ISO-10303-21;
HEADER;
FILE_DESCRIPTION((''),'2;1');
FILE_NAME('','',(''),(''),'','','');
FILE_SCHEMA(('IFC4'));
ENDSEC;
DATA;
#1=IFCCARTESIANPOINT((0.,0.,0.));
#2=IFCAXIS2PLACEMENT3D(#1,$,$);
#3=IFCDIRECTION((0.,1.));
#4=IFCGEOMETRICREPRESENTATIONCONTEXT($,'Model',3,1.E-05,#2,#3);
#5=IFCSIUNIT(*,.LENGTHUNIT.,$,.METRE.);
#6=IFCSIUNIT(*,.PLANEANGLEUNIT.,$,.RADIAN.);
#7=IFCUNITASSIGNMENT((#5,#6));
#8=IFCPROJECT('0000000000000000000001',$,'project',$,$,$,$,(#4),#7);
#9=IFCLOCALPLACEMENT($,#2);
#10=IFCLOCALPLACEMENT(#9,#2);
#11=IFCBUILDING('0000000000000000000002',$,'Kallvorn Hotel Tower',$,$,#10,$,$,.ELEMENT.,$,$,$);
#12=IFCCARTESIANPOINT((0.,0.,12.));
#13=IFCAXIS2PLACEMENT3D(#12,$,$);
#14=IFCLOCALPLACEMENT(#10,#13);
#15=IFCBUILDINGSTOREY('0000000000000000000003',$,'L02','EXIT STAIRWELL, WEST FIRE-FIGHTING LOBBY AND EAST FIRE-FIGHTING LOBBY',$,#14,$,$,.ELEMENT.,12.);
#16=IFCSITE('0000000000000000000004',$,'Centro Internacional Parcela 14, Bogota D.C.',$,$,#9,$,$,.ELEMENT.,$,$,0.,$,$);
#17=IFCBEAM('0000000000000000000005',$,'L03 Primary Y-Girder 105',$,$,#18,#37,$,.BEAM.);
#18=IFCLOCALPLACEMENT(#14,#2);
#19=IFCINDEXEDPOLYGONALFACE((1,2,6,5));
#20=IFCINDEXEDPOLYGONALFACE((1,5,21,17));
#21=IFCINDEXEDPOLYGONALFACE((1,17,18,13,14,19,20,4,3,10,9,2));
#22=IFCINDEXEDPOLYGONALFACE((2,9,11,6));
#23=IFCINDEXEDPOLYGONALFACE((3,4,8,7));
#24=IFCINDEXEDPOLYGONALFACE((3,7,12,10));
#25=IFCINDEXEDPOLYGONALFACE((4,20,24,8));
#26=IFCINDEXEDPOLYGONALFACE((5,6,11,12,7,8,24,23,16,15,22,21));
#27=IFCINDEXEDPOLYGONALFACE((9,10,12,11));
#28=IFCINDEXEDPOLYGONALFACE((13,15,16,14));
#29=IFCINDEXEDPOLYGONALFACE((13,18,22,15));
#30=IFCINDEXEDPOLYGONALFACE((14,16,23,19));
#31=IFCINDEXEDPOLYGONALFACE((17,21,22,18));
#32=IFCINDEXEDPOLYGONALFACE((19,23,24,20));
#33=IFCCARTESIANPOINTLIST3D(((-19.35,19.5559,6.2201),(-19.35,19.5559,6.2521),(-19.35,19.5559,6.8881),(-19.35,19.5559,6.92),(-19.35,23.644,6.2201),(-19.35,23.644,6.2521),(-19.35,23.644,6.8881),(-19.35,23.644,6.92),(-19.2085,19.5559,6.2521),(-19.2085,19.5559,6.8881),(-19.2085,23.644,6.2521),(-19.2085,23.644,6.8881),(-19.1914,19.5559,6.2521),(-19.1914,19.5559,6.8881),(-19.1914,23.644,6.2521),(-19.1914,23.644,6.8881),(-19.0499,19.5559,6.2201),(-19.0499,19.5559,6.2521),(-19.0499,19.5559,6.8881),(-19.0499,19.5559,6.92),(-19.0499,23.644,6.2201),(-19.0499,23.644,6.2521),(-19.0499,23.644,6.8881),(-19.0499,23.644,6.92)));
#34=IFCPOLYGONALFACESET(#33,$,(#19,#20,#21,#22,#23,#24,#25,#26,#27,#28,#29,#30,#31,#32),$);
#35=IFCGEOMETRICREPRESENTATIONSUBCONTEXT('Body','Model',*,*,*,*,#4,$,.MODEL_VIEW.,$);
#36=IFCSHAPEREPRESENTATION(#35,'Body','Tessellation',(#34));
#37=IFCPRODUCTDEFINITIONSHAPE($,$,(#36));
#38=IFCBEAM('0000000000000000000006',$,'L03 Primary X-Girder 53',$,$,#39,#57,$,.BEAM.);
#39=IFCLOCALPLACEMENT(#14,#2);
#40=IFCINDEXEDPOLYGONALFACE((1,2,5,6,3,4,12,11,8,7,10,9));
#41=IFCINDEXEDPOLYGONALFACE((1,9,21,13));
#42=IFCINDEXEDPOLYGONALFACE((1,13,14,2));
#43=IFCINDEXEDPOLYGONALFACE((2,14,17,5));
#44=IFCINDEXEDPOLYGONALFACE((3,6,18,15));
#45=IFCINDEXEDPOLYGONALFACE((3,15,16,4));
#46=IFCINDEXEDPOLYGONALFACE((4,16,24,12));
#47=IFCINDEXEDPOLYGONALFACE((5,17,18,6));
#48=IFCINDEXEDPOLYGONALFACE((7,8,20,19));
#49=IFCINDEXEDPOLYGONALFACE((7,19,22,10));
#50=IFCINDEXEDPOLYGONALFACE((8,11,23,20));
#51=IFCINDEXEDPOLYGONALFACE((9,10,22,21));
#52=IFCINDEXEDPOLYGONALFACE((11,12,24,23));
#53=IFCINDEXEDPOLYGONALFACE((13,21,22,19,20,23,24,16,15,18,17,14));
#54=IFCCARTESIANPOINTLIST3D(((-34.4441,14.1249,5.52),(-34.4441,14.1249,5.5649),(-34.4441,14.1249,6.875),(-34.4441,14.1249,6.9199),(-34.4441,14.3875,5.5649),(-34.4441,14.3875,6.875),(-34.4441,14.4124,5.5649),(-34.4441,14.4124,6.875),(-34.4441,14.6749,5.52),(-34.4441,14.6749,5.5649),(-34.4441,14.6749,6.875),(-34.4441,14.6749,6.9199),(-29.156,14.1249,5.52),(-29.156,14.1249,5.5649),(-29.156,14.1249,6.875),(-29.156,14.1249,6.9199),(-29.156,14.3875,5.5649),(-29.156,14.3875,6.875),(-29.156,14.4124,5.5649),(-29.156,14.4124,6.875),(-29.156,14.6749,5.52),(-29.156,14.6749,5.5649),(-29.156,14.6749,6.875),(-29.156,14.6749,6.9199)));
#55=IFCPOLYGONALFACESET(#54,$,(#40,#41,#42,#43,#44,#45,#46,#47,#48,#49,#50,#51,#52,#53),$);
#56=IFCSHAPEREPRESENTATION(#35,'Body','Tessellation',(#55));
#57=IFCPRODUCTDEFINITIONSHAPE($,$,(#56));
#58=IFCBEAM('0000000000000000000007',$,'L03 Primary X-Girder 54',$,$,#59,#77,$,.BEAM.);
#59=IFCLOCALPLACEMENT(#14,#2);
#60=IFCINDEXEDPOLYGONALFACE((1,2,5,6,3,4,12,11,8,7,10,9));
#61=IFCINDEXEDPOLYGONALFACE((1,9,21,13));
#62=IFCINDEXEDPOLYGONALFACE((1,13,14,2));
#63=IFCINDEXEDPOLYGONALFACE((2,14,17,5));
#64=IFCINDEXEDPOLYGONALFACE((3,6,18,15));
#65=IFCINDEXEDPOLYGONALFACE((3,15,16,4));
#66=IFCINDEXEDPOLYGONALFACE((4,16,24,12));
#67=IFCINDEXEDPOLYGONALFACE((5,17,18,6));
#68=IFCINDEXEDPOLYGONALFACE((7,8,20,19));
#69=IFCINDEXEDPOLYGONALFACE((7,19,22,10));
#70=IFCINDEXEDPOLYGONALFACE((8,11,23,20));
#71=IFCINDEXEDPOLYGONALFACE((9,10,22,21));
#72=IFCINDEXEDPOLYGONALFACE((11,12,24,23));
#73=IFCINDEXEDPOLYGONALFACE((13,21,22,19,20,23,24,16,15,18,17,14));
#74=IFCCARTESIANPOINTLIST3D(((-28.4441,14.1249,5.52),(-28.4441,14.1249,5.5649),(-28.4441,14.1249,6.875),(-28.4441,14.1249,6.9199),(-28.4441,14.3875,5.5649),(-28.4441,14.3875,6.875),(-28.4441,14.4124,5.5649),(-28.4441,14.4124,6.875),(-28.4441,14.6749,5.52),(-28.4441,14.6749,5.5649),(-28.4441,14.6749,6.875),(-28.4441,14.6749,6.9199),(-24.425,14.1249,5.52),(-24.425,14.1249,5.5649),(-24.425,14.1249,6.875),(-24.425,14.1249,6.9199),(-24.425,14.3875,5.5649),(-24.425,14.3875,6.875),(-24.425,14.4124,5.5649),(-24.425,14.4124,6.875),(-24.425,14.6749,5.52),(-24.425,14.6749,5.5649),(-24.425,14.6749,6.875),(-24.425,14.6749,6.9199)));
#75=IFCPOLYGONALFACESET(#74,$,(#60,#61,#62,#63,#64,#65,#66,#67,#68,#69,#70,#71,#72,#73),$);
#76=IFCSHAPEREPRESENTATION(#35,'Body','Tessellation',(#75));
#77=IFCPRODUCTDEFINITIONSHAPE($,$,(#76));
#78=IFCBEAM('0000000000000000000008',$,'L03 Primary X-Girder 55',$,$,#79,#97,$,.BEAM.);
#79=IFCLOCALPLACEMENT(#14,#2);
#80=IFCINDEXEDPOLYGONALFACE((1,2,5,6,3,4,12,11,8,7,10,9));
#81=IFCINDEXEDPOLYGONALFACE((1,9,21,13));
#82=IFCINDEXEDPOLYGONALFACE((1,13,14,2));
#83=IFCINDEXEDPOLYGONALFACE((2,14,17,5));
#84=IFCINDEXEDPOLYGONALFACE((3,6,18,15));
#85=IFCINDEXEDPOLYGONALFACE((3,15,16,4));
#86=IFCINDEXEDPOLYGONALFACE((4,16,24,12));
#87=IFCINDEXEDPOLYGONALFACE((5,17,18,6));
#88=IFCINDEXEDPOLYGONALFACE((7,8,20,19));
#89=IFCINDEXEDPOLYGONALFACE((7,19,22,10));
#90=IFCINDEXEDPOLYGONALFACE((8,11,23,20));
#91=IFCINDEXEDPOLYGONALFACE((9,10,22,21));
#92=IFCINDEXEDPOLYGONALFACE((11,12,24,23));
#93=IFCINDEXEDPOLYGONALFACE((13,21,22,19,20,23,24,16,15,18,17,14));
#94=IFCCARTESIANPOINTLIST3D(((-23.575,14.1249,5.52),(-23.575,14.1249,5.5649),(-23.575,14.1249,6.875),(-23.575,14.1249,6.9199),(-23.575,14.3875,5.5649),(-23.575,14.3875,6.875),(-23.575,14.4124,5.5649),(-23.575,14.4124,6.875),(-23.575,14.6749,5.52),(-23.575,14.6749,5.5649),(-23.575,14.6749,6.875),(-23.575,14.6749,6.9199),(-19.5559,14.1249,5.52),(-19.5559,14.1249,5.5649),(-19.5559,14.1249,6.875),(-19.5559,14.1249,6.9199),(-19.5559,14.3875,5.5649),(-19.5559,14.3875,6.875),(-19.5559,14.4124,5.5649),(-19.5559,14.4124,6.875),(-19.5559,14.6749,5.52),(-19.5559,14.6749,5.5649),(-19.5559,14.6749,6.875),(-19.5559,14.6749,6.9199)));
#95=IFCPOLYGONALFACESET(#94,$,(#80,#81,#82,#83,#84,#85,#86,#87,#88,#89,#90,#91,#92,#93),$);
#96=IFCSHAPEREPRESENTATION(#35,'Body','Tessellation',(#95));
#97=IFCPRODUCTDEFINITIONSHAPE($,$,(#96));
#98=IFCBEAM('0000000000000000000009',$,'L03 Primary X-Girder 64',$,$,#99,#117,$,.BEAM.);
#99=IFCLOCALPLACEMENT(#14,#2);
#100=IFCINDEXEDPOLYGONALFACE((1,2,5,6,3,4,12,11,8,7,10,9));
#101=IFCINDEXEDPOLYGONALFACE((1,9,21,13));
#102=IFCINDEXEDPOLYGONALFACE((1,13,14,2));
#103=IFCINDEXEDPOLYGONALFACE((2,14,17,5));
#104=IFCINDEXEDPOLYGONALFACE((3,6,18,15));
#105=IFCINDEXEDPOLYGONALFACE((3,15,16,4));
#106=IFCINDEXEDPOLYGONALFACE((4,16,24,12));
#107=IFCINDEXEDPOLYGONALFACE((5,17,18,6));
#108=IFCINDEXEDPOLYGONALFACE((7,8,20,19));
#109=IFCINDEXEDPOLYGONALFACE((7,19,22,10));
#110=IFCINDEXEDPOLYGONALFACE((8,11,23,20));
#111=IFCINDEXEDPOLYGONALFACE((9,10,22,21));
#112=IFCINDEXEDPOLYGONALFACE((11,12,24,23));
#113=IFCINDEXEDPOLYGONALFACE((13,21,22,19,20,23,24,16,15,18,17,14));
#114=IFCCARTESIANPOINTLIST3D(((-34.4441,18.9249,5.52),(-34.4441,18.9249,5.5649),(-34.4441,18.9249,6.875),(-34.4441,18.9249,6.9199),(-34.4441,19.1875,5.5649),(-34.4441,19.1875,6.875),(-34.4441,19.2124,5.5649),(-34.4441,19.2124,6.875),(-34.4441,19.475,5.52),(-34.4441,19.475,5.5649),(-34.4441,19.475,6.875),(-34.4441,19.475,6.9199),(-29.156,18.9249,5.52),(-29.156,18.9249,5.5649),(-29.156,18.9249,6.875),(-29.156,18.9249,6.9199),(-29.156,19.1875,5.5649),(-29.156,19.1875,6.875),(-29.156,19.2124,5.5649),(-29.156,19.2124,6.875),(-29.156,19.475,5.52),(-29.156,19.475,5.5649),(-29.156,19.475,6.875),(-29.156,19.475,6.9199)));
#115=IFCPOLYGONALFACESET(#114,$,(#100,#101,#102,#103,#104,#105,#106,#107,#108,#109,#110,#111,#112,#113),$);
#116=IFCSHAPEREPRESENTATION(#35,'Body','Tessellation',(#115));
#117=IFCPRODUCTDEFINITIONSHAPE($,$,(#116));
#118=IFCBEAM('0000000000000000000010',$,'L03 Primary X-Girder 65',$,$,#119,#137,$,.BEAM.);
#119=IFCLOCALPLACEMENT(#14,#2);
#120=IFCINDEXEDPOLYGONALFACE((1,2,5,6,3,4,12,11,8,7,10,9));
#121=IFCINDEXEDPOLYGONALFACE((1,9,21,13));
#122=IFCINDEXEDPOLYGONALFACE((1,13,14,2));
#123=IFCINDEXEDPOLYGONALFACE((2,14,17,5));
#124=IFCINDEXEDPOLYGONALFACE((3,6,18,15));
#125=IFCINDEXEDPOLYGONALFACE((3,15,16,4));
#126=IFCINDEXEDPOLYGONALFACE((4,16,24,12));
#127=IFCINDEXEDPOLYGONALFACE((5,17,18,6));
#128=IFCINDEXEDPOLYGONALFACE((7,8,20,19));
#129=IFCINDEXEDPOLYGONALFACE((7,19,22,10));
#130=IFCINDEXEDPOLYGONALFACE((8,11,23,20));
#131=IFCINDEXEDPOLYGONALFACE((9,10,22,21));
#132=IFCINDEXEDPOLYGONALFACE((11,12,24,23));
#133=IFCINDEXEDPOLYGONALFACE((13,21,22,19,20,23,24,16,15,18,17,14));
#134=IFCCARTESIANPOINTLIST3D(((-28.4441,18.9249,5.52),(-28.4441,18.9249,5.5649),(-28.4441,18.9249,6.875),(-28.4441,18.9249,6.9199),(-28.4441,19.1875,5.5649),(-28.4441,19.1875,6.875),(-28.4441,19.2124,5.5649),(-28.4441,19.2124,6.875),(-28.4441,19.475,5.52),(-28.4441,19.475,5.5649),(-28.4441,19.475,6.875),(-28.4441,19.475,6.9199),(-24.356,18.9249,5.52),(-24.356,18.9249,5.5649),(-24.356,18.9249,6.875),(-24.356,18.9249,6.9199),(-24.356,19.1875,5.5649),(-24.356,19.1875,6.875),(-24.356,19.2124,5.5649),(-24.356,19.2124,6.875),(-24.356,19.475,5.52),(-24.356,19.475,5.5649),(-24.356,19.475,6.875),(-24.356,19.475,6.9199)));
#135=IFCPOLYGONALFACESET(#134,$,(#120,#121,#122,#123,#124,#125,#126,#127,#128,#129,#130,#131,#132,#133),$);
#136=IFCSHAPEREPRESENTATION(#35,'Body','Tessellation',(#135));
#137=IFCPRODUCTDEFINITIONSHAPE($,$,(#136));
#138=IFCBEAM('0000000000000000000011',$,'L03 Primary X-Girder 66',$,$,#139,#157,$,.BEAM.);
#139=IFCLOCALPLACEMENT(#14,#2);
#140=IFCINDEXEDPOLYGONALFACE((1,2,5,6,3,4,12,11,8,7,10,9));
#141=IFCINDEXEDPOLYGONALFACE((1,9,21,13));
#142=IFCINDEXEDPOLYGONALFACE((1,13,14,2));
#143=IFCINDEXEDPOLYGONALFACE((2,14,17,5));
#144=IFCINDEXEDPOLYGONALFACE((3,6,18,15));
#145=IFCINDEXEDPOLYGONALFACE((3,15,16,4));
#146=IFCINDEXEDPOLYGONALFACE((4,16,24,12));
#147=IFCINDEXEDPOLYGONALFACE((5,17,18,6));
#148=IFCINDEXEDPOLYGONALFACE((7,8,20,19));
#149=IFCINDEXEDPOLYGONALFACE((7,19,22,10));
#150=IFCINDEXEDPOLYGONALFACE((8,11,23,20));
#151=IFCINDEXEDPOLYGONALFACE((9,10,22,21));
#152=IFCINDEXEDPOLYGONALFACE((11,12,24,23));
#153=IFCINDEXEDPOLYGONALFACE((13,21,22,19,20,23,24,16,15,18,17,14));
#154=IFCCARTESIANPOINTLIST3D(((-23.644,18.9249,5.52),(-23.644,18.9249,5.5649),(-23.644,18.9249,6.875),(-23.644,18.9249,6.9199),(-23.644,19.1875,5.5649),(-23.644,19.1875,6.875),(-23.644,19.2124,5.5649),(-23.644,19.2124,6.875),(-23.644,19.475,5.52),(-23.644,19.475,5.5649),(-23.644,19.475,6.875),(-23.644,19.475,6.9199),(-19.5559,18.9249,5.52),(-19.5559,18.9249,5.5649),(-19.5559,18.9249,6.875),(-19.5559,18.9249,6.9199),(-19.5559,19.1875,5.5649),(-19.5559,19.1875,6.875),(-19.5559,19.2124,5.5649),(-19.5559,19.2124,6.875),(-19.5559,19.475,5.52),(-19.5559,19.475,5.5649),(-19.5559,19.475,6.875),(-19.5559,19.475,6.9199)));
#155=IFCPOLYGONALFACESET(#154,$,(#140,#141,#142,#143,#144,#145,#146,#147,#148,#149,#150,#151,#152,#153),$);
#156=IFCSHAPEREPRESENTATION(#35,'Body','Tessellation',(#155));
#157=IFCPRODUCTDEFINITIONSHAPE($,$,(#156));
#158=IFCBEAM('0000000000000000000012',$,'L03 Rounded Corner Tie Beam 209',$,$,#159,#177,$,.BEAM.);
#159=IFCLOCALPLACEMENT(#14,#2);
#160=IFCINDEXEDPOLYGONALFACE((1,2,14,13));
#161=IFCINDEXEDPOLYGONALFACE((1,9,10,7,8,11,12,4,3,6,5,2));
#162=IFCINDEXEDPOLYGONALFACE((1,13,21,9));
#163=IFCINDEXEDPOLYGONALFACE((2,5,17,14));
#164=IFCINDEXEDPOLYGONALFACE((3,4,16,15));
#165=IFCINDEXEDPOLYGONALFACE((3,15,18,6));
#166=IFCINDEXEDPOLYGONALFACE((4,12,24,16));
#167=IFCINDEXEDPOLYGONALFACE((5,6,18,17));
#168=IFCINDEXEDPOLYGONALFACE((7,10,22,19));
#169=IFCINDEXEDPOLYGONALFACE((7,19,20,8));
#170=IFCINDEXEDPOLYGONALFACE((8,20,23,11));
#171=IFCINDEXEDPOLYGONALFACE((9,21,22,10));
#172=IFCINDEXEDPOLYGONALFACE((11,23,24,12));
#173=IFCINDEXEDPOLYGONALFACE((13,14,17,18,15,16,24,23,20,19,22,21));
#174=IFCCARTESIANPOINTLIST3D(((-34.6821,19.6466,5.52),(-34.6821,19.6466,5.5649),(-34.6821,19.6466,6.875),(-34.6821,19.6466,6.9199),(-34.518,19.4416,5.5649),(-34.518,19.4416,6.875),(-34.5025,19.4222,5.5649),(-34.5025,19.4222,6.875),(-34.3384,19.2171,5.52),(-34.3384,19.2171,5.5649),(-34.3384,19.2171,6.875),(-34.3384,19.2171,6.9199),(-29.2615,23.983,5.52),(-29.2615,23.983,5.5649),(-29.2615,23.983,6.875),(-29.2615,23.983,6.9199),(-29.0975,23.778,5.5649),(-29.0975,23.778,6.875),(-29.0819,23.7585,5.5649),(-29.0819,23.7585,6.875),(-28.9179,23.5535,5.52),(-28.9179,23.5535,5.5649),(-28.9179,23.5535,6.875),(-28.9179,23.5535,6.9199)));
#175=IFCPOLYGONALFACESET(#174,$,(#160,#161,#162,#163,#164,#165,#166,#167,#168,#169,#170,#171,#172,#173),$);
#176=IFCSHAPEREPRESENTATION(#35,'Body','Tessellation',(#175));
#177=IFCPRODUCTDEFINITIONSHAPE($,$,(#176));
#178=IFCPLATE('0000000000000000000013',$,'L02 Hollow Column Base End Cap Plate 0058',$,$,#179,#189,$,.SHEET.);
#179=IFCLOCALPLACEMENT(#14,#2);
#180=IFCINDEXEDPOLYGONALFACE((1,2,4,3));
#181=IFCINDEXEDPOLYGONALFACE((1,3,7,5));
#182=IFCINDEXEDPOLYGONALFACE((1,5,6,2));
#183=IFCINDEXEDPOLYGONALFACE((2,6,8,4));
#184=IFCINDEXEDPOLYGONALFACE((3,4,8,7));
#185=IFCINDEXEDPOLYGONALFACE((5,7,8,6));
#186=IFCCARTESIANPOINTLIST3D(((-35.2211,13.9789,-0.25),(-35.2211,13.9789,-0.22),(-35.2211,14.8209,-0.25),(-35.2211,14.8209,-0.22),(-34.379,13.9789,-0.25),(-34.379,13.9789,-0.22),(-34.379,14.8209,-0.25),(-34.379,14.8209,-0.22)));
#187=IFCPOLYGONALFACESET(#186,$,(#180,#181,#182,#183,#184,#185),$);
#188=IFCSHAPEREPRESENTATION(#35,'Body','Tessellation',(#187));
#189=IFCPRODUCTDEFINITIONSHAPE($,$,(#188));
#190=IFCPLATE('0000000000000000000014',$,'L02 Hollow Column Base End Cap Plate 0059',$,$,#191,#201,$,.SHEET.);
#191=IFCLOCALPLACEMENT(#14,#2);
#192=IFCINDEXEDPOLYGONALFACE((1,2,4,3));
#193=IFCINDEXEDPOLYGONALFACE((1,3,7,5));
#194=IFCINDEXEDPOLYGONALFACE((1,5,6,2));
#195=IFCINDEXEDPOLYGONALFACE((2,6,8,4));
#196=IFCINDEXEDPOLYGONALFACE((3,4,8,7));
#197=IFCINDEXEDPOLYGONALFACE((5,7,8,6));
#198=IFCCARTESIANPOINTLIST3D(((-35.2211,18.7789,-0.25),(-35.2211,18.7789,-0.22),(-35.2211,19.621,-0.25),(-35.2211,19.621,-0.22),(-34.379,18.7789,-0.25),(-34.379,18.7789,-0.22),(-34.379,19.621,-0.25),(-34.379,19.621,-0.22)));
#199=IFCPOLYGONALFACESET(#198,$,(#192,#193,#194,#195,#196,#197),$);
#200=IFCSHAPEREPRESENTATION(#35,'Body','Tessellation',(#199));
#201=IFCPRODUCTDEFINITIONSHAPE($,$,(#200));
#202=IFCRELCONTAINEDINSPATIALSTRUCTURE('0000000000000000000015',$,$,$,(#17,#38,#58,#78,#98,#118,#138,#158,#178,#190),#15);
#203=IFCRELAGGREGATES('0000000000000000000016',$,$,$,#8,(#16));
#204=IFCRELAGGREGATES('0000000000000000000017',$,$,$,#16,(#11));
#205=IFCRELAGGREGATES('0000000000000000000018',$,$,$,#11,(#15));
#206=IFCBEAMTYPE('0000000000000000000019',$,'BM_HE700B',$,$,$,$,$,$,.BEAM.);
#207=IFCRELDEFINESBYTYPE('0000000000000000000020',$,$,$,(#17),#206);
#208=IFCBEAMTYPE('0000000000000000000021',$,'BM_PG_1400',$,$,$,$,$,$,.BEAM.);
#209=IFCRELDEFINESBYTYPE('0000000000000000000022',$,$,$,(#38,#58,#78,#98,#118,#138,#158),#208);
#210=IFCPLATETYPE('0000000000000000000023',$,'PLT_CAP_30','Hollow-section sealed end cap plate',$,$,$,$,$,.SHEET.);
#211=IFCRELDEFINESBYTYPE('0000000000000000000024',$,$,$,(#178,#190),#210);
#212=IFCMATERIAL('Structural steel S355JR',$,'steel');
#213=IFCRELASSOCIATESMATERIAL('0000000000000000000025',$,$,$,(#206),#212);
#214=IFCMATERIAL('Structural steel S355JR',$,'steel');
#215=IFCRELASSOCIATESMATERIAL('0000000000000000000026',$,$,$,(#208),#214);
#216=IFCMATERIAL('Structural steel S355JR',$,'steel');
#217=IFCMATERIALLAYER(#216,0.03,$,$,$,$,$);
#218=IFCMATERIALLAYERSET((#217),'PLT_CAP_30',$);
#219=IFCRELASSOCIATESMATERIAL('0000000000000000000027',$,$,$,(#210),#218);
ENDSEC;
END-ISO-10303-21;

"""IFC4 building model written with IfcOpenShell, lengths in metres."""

from ifc_helpers import new_model, si_unit, direction, frame, origin, origin_2d, place, context, subcontext, project, spatial, rectangle, i_section, extrude, material, layer, layer_set, material_profile, profile_set, type_object, element, save


model = new_model("IFC4")

# Units and contexts
model_context = context("Model", 3, precision=1e-05, world=origin(), true_north=direction((0.0, 1.0)))
body_context = subcontext(model_context, "Body", "Model", "MODEL_VIEW")
ifc_project = project(units=[si_unit("LENGTHUNIT", "METRE"), si_unit("PLANEANGLEUNIT", "RADIAN")], contexts=[model_context])

# Site, building, storey
site_placement = place(None, origin())
site = spatial("IfcSite", under=ifc_project, at=site_placement, Name="Centro Internacional Parcela 14, Bogota D.C.", CompositionType="ELEMENT", RefElevation=0.0)
building_placement = place(site_placement, origin())
building = spatial("IfcBuilding", under=site, at=building_placement, Name="Kallvorn Hotel Tower", CompositionType="ELEMENT")
storey_placement = place(building_placement, frame((0.0, 0.0, 12.0)))
storey = spatial("IfcBuildingStorey", under=building, at=storey_placement, Name="L02", Description="EXIT STAIRWELL, WEST FIRE-FIGHTING LOBBY AND EAST FIRE-FIGHTING LOBBY", CompositionType="ELEMENT", Elevation=12.0)

# Beams
ifc_material_1 = material(Name="Structural steel S355JR", Category="steel")
ifc_material_profile_1 = material_profile(ifc_material_1, i_section(OverallWidth=0.3, OverallDepth=0.7, WebThickness=0.0171, FlangeThickness=0.032, at=origin_2d()), Name="HE 700 B")
ifc_profile_set_1 = profile_set([ifc_material_profile_1], Name="Structural steel S355JR")
beam_type_1 = type_object("IfcBeamType", Name="BM_HE700B", PredefinedType="BEAM", material=ifc_profile_set_1)
beam_1_placement = place(storey_placement, frame((-19.2, 19.5559, 6.5701), z_axis=(0.0, 1.0, 0.0), x_axis=(-1.0, 0.0, 0.0)))
element("IfcBeam", 1, at=beam_1_placement, inside=storey, type_object=beam_type_1, Name="L03 Primary Y-Girder 105", PredefinedType="BEAM", context=body_context, shape_type="SweptSolid", body=[
    extrude(i_section(OverallWidth=0.3, OverallDepth=0.7, WebThickness=0.0171, FlangeThickness=0.032, at=origin_2d()), origin(), (0.0, 0.0, 1.0), 4.0881),
])
ifc_material_2 = material(Name="Structural steel S355JR", Category="steel")
ifc_material_profile_2 = material_profile(ifc_material_2, i_section(OverallWidth=0.55, OverallDepth=1.3999, WebThickness=0.0249, FlangeThickness=0.0449, at=origin_2d()), Name="PG 1400x550x25x45")
ifc_profile_set_2 = profile_set([ifc_material_profile_2], Name="Structural steel S355JR")
beam_type_2 = type_object("IfcBeamType", Name="BM_PG_1400", PredefinedType="BEAM", material=ifc_profile_set_2)
beam_2_placement = place(storey_placement, frame((-34.4441, 14.3999, 6.22), z_axis=(1.0, 0.0, 0.0), x_axis=(0.0, 1.0, 0.0)))
element("IfcBeam", 2, at=beam_2_placement, inside=storey, type_object=beam_type_2, Name="L03 Primary X-Girder 53", PredefinedType="BEAM", context=body_context, shape_type="SweptSolid", body=[
    extrude(i_section(OverallWidth=0.55, OverallDepth=1.3999, WebThickness=0.0249, FlangeThickness=0.0449, at=origin_2d()), origin(), (0.0, 0.0, 1.0), 5.2881),
])
for number, where, z_axis, x_axis, name in (
    (3, (-28.4441, 14.3999, 6.22), (1.0, 0.0, 0.0), (0.0, 1.0, 0.0), "L03 Primary X-Girder 54"),
    (4, (-23.575, 14.3999, 6.22), (1.0, 0.0, 0.0), (0.0, 1.0, 0.0), "L03 Primary X-Girder 55"),
):
    element("IfcBeam", number, at=place(storey_placement, frame(where, z_axis=z_axis, x_axis=x_axis)), inside=storey, type_object=beam_type_2, Name=name, PredefinedType="BEAM", context=body_context, shape_type="SweptSolid", body=[
        extrude(i_section(OverallWidth=0.55, OverallDepth=1.3999, WebThickness=0.0249, FlangeThickness=0.0449, at=origin_2d()), origin(), (0.0, 0.0, 1.0), 4.019),
    ])
beam_3_placement = place(storey_placement, frame((-34.4441, 19.2, 6.22), z_axis=(1.0, 0.0, 0.0), x_axis=(0.0, 1.0, 0.0)))
element("IfcBeam", 5, at=beam_3_placement, inside=storey, type_object=beam_type_2, Name="L03 Primary X-Girder 64", PredefinedType="BEAM", context=body_context, shape_type="SweptSolid", body=[
    extrude(i_section(OverallWidth=0.55, OverallDepth=1.3999, WebThickness=0.0249, FlangeThickness=0.0449, at=origin_2d()), origin(), (0.0, 0.0, 1.0), 5.2881),
])
for number, where, z_axis, x_axis, name in (
    (6, (-28.4441, 19.2, 6.22), (1.0, 0.0, 0.0), (0.0, 1.0, 0.0), "L03 Primary X-Girder 65"),
    (7, (-23.644, 19.2, 6.22), (1.0, 0.0, 0.0), (0.0, 1.0, 0.0), "L03 Primary X-Girder 66"),
):
    element("IfcBeam", number, at=place(storey_placement, frame(where, z_axis=z_axis, x_axis=x_axis)), inside=storey, type_object=beam_type_2, Name=name, PredefinedType="BEAM", context=body_context, shape_type="SweptSolid", body=[
        extrude(i_section(OverallWidth=0.55, OverallDepth=1.3999, WebThickness=0.0249, FlangeThickness=0.0449, at=origin_2d()), origin(), (0.0, 0.0, 1.0), 4.0881),
    ])
beam_4_placement = place(storey_placement, frame((-34.5103, 19.4319, 6.22), z_axis=(0.780876, 0.624686, 0.0), x_axis=(-0.624686, 0.780876, 0.0)))
element("IfcBeam", 8, at=beam_4_placement, inside=storey, type_object=beam_type_2, Name="L03 Rounded Corner Tie Beam 209", PredefinedType="BEAM", context=body_context, shape_type="SweptSolid", body=[
    extrude(i_section(OverallWidth=0.55, OverallDepth=1.3999, WebThickness=0.0249, FlangeThickness=0.0449, at=origin_2d()), origin(), (0.0, 0.0, 1.0), 6.9417),
])

# Plates
ifc_material_3 = material(Name="Structural steel S355JR", Category="steel")
ifc_layer_1 = layer(ifc_material_3, 0.03)
ifc_layer_set_1 = layer_set([ifc_layer_1], Name="PLT_CAP_30")
plate_type = type_object("IfcPlateType", Name="PLT_CAP_30", Description="Hollow-section sealed end cap plate", PredefinedType="SHEET", material=ifc_layer_set_1)
for number, where, z_axis, x_axis, name in (
    (9, (-34.8, 14.3999, -0.25), (0.0, 0.0, 1.0), (1.0, 0.0, 0.0), "L02 Hollow Column Base End Cap Plate 0058"),
    (10, (-34.8, 19.2, -0.25), (0.0, 0.0, 1.0), (1.0, 0.0, 0.0), "L02 Hollow Column Base End Cap Plate 0059"),
):
    element("IfcPlate", number, at=place(storey_placement, frame(where, z_axis=z_axis, x_axis=x_axis)), inside=storey, type_object=plate_type, Name=name, PredefinedType="SHEET", context=body_context, shape_type="SweptSolid", body=[
        extrude(rectangle(XDim=0.842, YDim=0.842, at=origin_2d()), origin(), (0.0, 0.0, 1.0), 0.03),
    ])

save(model, "model.ifc")
